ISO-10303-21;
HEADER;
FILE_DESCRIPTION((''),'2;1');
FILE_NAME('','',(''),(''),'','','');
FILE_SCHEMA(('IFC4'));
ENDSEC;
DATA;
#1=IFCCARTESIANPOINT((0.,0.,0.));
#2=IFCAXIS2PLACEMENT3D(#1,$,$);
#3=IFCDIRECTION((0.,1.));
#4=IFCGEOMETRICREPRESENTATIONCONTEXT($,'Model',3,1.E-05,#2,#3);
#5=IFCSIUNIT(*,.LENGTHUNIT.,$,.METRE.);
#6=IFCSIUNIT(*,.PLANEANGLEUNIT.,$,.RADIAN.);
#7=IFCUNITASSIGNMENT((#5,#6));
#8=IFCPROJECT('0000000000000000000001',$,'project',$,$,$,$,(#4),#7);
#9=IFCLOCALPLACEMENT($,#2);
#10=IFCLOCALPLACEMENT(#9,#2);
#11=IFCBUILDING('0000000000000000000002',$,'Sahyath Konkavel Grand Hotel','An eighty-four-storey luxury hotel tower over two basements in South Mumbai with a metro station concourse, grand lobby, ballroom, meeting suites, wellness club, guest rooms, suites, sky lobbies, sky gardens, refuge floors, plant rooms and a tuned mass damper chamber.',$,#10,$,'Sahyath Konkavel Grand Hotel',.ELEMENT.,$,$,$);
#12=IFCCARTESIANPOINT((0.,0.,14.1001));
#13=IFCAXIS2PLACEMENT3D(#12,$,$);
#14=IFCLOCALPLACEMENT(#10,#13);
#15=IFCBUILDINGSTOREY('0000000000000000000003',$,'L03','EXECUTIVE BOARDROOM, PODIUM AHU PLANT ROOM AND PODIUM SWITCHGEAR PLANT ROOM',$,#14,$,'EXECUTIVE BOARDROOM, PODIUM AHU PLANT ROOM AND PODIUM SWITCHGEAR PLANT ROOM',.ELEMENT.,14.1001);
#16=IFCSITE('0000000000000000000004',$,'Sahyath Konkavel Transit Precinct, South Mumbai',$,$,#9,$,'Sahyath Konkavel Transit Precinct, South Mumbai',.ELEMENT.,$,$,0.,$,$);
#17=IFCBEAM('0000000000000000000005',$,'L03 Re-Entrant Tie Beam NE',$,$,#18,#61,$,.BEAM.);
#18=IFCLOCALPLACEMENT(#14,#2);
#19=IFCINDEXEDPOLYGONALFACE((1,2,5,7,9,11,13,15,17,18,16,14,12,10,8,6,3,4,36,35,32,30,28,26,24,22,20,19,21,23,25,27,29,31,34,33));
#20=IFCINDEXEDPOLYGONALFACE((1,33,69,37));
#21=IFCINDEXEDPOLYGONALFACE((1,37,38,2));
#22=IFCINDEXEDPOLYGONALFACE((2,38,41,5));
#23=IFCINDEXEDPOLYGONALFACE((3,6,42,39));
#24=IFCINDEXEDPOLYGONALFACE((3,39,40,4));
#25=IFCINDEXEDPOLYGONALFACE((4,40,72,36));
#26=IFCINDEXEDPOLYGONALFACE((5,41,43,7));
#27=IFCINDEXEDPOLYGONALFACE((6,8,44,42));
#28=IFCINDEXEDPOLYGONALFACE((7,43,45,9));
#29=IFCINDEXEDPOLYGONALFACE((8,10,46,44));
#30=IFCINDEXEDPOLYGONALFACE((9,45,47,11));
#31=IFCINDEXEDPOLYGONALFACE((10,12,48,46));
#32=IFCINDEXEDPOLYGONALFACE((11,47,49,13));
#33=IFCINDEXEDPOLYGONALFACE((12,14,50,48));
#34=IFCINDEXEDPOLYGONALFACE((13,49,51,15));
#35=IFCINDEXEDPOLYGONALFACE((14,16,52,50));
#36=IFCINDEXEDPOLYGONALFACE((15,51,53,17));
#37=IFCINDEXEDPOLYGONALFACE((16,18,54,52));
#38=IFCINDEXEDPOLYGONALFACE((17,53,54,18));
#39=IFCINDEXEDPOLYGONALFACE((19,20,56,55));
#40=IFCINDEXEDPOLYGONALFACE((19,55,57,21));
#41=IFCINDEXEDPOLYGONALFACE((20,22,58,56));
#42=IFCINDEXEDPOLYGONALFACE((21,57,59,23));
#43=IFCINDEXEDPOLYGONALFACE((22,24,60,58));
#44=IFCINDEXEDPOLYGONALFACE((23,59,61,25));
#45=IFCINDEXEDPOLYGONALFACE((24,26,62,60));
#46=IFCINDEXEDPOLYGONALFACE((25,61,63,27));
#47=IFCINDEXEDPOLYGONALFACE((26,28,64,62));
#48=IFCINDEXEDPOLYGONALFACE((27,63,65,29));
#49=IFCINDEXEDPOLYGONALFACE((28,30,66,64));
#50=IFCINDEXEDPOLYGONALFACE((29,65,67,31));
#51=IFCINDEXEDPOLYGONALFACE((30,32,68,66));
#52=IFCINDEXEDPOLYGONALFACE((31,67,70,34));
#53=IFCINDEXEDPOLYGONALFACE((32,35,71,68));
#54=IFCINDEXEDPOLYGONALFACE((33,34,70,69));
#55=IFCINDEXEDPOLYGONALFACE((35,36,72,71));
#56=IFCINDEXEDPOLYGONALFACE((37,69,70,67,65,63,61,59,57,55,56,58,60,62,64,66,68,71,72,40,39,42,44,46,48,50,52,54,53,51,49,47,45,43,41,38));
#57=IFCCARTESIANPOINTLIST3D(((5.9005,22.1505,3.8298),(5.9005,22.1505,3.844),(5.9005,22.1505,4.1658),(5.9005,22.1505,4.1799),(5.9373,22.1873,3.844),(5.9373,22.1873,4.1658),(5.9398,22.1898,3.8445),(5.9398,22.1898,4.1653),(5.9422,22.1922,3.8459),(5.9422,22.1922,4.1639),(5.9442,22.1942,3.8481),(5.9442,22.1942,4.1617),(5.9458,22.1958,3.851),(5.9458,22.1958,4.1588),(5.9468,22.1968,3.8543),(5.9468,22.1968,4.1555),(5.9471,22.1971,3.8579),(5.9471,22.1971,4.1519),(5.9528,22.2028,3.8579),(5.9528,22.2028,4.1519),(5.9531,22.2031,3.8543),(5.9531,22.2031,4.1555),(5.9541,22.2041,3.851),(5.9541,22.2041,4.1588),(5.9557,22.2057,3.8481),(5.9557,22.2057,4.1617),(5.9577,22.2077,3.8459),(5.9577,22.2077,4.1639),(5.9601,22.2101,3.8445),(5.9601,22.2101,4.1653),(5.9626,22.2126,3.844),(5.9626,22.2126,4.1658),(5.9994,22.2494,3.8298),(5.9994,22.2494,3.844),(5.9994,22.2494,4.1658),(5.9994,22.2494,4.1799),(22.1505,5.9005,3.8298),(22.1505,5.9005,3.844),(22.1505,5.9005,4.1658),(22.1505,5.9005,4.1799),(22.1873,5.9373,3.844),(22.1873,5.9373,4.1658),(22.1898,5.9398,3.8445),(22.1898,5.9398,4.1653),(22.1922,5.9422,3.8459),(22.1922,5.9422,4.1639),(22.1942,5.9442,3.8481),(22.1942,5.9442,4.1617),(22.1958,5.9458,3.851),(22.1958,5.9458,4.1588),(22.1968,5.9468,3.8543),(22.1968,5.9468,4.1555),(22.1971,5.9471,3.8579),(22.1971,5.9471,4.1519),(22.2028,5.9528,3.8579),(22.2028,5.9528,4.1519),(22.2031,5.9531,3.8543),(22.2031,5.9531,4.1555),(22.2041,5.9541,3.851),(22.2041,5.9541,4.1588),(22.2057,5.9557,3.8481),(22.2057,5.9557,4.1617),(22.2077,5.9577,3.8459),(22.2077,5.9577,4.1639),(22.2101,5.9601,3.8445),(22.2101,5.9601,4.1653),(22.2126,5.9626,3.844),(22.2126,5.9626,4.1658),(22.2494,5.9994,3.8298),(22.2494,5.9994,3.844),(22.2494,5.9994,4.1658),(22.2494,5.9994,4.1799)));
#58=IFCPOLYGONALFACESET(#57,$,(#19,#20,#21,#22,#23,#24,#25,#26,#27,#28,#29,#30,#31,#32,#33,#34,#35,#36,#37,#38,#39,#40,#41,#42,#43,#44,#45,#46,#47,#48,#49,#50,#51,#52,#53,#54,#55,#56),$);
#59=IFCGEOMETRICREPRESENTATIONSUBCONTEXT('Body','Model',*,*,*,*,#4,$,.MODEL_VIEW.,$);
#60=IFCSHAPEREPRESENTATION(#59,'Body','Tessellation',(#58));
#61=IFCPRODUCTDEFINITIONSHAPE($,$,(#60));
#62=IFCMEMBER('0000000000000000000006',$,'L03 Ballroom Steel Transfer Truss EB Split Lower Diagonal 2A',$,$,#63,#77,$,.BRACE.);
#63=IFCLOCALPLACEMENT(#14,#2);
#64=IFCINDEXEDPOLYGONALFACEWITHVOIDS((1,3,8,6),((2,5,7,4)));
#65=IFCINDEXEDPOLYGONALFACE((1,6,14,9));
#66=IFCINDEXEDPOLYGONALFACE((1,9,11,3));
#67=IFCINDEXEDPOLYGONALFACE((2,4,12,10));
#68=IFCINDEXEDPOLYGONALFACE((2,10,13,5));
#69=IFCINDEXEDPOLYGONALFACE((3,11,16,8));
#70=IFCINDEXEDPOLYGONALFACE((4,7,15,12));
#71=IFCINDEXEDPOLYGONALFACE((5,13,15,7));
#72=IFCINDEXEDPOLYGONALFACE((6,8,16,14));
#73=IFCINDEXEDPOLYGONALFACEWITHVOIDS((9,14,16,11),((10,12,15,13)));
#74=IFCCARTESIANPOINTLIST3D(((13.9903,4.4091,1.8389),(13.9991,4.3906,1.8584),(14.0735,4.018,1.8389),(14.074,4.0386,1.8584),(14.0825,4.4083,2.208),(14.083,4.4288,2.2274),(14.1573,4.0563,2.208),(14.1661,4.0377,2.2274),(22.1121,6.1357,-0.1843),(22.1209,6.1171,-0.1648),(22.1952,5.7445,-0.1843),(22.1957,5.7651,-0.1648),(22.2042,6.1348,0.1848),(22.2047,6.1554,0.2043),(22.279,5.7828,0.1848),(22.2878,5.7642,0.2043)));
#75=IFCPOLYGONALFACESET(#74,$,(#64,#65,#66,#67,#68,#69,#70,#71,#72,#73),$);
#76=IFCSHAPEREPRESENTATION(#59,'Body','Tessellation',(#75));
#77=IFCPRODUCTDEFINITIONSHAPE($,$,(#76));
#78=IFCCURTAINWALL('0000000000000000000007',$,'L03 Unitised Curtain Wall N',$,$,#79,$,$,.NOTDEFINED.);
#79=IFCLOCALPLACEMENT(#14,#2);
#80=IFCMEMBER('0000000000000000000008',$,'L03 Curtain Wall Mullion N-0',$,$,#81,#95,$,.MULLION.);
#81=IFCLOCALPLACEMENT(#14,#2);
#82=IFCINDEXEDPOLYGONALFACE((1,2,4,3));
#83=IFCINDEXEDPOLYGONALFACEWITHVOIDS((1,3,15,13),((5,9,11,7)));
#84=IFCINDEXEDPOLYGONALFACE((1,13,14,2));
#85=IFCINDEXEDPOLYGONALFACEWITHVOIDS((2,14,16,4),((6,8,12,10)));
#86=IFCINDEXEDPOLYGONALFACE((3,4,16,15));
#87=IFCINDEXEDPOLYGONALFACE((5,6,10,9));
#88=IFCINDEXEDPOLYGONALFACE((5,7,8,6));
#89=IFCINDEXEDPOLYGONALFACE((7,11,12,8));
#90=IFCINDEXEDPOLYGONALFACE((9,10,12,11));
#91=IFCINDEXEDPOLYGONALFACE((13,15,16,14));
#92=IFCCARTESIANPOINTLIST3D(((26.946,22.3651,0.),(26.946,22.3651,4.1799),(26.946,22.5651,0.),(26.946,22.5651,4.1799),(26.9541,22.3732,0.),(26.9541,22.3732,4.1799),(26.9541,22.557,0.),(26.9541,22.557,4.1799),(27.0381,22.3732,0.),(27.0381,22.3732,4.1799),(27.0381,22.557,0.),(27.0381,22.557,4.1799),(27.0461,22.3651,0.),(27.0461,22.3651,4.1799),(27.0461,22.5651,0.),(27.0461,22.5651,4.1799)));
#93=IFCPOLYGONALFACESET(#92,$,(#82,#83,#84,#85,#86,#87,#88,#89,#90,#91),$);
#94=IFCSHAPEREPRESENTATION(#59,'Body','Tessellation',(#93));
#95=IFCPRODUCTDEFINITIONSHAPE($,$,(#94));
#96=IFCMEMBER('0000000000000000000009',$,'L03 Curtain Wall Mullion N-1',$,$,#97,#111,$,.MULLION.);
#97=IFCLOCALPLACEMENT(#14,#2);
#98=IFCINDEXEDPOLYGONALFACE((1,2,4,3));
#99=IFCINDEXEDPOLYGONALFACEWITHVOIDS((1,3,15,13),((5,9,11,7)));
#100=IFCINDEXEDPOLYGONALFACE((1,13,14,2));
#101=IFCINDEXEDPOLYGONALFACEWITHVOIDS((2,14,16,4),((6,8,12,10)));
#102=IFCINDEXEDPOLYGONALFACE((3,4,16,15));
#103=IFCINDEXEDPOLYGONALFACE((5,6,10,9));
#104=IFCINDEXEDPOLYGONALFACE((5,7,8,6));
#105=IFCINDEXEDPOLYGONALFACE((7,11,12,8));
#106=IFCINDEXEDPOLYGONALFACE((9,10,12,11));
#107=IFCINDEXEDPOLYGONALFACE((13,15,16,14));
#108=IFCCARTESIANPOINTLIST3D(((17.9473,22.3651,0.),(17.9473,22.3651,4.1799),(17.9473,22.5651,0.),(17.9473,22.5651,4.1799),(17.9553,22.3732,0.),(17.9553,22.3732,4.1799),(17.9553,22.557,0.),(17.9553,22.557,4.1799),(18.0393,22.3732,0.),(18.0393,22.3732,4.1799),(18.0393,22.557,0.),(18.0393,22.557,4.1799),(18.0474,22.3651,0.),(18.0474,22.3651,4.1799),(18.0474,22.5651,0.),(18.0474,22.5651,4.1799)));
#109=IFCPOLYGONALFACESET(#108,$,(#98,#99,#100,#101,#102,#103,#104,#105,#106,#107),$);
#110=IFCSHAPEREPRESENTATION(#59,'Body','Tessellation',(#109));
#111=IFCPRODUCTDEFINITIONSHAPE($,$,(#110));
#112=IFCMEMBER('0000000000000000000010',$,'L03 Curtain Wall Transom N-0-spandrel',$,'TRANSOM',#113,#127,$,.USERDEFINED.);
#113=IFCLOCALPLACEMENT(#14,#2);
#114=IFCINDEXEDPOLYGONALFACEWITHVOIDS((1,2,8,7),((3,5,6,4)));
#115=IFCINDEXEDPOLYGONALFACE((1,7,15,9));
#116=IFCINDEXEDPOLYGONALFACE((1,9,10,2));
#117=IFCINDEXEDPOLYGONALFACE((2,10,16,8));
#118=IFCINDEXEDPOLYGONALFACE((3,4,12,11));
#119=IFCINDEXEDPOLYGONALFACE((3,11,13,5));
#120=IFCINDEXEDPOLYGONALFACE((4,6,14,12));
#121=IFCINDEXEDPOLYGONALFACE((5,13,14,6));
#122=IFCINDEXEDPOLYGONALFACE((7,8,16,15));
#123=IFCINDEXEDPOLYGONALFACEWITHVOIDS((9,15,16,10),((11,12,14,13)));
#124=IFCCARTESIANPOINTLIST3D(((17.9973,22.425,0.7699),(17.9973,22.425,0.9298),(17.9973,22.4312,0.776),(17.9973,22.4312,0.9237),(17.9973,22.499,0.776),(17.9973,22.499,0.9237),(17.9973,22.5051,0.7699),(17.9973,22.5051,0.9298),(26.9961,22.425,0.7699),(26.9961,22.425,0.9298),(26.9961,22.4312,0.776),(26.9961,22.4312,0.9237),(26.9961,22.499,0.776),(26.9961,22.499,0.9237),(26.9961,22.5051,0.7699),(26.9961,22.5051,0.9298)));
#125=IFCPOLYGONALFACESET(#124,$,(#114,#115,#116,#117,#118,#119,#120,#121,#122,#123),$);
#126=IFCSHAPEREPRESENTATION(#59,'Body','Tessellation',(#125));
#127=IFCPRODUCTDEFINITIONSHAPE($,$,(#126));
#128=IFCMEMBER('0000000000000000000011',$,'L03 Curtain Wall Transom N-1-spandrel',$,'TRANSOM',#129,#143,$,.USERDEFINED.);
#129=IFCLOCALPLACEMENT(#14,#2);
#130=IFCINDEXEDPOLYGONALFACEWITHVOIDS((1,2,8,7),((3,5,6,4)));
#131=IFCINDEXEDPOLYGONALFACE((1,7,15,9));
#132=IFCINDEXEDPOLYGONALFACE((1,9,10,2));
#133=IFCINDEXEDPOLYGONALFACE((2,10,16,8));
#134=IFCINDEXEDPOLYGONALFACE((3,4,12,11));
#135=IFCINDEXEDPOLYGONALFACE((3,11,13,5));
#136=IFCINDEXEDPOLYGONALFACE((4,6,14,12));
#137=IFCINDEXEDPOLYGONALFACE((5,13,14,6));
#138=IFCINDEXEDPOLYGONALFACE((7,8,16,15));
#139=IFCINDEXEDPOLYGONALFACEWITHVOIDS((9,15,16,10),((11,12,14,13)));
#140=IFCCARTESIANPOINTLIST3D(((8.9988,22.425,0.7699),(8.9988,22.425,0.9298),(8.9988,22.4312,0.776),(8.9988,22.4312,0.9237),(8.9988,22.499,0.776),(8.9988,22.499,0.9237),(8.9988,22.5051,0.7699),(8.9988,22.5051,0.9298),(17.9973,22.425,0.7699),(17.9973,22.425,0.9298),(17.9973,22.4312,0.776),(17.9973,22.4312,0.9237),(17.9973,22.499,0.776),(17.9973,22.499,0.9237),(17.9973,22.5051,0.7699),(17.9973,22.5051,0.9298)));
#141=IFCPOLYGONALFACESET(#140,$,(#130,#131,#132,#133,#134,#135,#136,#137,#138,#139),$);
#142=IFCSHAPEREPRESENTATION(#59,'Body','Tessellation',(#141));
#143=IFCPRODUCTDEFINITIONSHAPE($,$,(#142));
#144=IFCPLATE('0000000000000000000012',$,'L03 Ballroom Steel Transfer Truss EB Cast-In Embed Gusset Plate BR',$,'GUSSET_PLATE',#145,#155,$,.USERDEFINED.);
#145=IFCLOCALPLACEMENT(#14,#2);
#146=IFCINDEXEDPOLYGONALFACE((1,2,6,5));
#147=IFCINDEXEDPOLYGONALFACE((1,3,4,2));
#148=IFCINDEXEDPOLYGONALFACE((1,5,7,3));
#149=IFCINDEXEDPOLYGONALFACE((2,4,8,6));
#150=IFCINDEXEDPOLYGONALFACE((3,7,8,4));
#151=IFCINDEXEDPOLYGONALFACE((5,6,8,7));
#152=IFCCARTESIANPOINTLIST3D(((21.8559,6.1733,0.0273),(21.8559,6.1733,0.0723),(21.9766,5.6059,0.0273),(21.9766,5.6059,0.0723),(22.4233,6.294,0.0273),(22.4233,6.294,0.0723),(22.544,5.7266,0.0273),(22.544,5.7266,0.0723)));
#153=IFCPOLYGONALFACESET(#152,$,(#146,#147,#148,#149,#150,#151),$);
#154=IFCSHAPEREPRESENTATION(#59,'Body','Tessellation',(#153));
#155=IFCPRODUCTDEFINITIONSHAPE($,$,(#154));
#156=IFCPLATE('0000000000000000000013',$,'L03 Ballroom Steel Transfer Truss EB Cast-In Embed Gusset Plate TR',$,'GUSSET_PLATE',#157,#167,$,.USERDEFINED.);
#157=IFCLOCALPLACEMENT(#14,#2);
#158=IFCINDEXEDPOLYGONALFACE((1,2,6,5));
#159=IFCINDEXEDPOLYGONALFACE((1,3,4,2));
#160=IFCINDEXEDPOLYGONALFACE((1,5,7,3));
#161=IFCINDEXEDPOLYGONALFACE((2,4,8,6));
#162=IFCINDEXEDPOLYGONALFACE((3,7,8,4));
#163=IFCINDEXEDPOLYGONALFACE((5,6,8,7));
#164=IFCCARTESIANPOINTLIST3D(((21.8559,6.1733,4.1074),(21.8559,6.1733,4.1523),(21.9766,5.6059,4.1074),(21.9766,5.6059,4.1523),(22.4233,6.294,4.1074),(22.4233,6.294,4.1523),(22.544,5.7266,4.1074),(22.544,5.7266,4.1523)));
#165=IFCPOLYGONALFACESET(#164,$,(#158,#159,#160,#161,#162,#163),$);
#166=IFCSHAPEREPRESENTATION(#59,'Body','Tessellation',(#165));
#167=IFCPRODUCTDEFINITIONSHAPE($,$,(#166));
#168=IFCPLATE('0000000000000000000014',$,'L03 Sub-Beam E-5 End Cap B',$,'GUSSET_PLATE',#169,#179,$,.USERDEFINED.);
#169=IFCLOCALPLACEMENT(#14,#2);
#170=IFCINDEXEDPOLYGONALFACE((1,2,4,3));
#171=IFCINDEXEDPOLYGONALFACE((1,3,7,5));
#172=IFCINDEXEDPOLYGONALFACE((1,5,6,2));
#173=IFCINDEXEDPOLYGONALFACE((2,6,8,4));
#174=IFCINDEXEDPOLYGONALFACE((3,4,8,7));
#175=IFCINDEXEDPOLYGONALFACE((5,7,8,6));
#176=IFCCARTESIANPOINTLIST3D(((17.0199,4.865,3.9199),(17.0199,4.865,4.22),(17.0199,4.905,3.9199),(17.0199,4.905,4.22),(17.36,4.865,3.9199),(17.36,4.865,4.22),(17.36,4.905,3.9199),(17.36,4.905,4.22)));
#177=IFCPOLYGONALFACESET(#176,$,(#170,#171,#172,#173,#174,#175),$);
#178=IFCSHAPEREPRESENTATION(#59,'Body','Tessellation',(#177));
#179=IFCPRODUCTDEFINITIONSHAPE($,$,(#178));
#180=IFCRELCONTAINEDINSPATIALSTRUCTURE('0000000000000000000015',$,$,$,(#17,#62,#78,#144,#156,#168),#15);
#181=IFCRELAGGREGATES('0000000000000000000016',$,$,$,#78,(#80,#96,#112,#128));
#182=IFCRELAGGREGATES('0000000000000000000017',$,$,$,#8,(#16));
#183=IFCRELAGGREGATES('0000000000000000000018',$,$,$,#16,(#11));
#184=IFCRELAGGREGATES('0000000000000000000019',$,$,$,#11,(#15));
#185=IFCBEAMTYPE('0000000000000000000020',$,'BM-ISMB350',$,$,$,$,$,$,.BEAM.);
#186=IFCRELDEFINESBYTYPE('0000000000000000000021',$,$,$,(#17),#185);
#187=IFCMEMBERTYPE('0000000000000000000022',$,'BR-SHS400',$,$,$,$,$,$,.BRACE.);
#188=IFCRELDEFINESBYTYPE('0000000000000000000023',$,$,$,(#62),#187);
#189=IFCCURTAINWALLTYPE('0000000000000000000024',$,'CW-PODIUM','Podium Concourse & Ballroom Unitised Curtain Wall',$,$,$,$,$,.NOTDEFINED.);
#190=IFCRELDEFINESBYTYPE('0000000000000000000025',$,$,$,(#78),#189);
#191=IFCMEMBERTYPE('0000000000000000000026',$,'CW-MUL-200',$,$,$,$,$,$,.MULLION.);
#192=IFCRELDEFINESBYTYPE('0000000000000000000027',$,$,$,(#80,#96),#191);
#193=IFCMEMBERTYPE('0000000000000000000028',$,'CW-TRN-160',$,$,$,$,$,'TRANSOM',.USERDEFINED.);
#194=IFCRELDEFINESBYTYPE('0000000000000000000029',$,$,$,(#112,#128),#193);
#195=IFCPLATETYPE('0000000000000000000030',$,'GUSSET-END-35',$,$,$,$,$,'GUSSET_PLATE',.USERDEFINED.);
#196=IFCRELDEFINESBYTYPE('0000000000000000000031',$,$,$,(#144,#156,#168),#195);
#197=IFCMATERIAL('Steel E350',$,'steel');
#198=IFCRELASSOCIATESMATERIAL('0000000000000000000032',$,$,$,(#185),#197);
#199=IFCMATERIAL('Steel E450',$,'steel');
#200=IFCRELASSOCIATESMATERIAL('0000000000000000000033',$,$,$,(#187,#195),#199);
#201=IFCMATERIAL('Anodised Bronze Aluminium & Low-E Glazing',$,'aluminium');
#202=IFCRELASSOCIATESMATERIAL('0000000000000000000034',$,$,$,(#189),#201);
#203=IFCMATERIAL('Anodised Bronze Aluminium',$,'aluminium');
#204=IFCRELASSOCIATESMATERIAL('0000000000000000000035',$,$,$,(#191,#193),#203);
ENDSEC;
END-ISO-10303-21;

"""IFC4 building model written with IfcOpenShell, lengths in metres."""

from ifc_helpers import new_model, si_unit, direction, frame, origin, origin_2d, place, context, subcontext, project, spatial, rectangle, hollow_rectangle, i_section, extrude, source, transform, mapped, material, material_profile, profile_set, type_object, element, aggregate, save


model = new_model("IFC4")

# Units and contexts
model_context = context("Model", 3, precision=1e-05, world=origin(), true_north=direction((0.0, 1.0)))
body_context = subcontext(model_context, "Body", "Model", "MODEL_VIEW")
ifc_project = project(units=[si_unit("LENGTHUNIT", "METRE"), si_unit("PLANEANGLEUNIT", "RADIAN")], contexts=[model_context])

# Site, building, storey
site_placement = place(None, origin())
site = spatial("IfcSite", under=ifc_project, at=site_placement, Name="Sahyath Konkavel Transit Precinct, South Mumbai", LongName="Sahyath Konkavel Transit Precinct, South Mumbai", CompositionType="ELEMENT", RefElevation=0.0)
building_placement = place(site_placement, origin())
building = spatial("IfcBuilding", under=site, at=building_placement, Name="Sahyath Konkavel Grand Hotel", Description="An eighty-four-storey luxury hotel tower over two basements in South Mumbai with a metro station concourse, grand lobby, ballroom, meeting suites, wellness club, guest rooms, suites, sky lobbies, sky gardens, refuge floors, plant rooms and a tuned mass damper chamber.", LongName="Sahyath Konkavel Grand Hotel", CompositionType="ELEMENT")
storey_placement = place(building_placement, frame((0.0, 0.0, 14.1001)))
storey = spatial("IfcBuildingStorey", under=building, at=storey_placement, Name="L03", Description="EXECUTIVE BOARDROOM, PODIUM AHU PLANT ROOM AND PODIUM SWITCHGEAR PLANT ROOM", LongName="EXECUTIVE BOARDROOM, PODIUM AHU PLANT ROOM AND PODIUM SWITCHGEAR PLANT ROOM", CompositionType="ELEMENT", Elevation=14.1001)

# Shared definitions
ifc_material_1 = material(Name="Steel E450", Category="steel")
ifc_material_2 = material(Name="Steel E350", Category="steel")

# Beam
ifc_material_profile_1 = material_profile(ifc_material_2, i_section(OverallWidth=0.1399, OverallDepth=0.3501, WebThickness=0.0081, FlangeThickness=0.0142, FilletRadius=0.0139, at=origin_2d()), Name="ISMB 350")
ifc_profile_set_1 = profile_set([ifc_material_profile_1], Name="Steel E350")
beam_type_1 = type_object("IfcBeamType", Name="BM-ISMB350", PredefinedType="BEAM", material=ifc_profile_set_1)
shared_shape_1 = source(origin(), body_context, "Body", "SweptSolid", [
    extrude(i_section(OverallWidth=0.1399, OverallDepth=0.3501, WebThickness=0.0081, FlangeThickness=0.0142, FilletRadius=0.0139, at=origin_2d()), origin(), (0.0, 0.0, 1.0), 22.981),
])
beam_1_placement = place(storey_placement, frame((22.2, 5.95, 4.0049), z_axis=(-0.707107, 0.707107, 0.0), x_axis=(-0.707107, -0.707107, 0.0)))
element("IfcBeam", 1, at=beam_1_placement, inside=storey, type_object=beam_type_1, Name="L03 Re-Entrant Tie Beam NE", PredefinedType="BEAM", context=body_context, shape_type="MappedRepresentation", body=[
    mapped(shared_shape_1, transform((0.0, 0.0, 0.0), scale=1.0)),
])

# Member
ifc_material_profile_2 = material_profile(ifc_material_1, hollow_rectangle(XDim=0.3999, YDim=0.3999, WallThickness=0.02, at=origin_2d()), Name="SHS 400x400x20")
ifc_profile_set_2 = profile_set([ifc_material_profile_2], Name="Steel E450")
member_type_1 = type_object("IfcMemberType", Name="BR-SHS400", PredefinedType="BRACE", material=ifc_profile_set_2)
shared_shape_2 = source(origin(), body_context, "Body", "SweptSolid", [
    extrude(hollow_rectangle(XDim=0.3999, YDim=0.3999, WallThickness=0.02, at=origin_2d()), origin(), (0.0, 0.0, 1.0), 8.5461),
])
member_1_placement = place(storey_placement, frame((22.2, 5.95, 0.01), z_axis=(-0.950338, -0.202026, 0.236735), x_axis=(0.207936, -0.978142, 0.0)))
element("IfcMember", 2, at=member_1_placement, inside=storey, type_object=member_type_1, Name="L03 Ballroom Steel Transfer Truss EB Split Lower Diagonal 2A", PredefinedType="BRACE", context=body_context, shape_type="MappedRepresentation", body=[
    mapped(shared_shape_2, transform((0.0, 0.0, 0.0), scale=1.0)),
])

# Curtain wall, members
ifc_material_3 = material(Name="Anodised Bronze Aluminium & Low-E Glazing", Category="aluminium")
curtain_wall_type = type_object("IfcCurtainWallType", Name="CW-PODIUM", Description="Podium Concourse & Ballroom Unitised Curtain Wall", PredefinedType="NOTDEFINED", material=ifc_material_3)
curtain_wall_placement = place(storey_placement, origin())
curtain_wall = element("IfcCurtainWall", 3, at=curtain_wall_placement, inside=storey, type_object=curtain_wall_type, Name="L03 Unitised Curtain Wall N", PredefinedType="NOTDEFINED")
ifc_material_4 = material(Name="Anodised Bronze Aluminium", Category="aluminium")
ifc_material_profile_3 = material_profile(ifc_material_4, hollow_rectangle(XDim=0.1001, YDim=0.2, WallThickness=0.0081, at=origin_2d()), Name="RHS 200x100x8")
ifc_profile_set_3 = profile_set([ifc_material_profile_3], Name="Anodised Bronze Aluminium")
member_type_2 = type_object("IfcMemberType", Name="CW-MUL-200", PredefinedType="MULLION", material=ifc_profile_set_3)
shared_shape_3 = source(origin(), body_context, "Body", "SweptSolid", [
    extrude(hollow_rectangle(XDim=0.1001, YDim=0.2, WallThickness=0.0081, at=origin_2d()), origin(), (0.0, 0.0, 1.0), 4.1799),
])
member_2_placement = place(storey_placement, frame((26.9961, 22.4651, 0.0), z_axis=(0.0, 0.0, 1.0), x_axis=(1.0, 0.0, 0.0)))
member_2 = element("IfcMember", 4, at=member_2_placement, type_object=member_type_2, Name="L03 Curtain Wall Mullion N-0", PredefinedType="MULLION", context=body_context, shape_type="MappedRepresentation", body=[
    mapped(shared_shape_3, transform((0.0, 0.0, 0.0), scale=1.0)),
])
member_3_placement = place(storey_placement, frame((17.9973, 22.4651, 0.0), z_axis=(0.0, 0.0, 1.0), x_axis=(1.0, 0.0, 0.0)))
member_3 = element("IfcMember", 5, at=member_3_placement, type_object=member_type_2, Name="L03 Curtain Wall Mullion N-1", PredefinedType="MULLION", context=body_context, shape_type="MappedRepresentation", body=[
    mapped(shared_shape_3, transform((0.0, 0.0, 0.0), scale=1.0)),
])
ifc_material_profile_4 = material_profile(ifc_material_4, hollow_rectangle(XDim=0.0801, YDim=0.1599, WallThickness=0.0061, at=origin_2d()), Name="RHS 160x80x6")
ifc_profile_set_4 = profile_set([ifc_material_profile_4], Name="Anodised Bronze Aluminium")
member_type_3 = type_object("IfcMemberType", Name="CW-TRN-160", ElementType="TRANSOM", PredefinedType="USERDEFINED", material=ifc_profile_set_4)
shared_shape_4 = source(origin(), body_context, "Body", "SweptSolid", [
    extrude(hollow_rectangle(XDim=0.0801, YDim=0.1599, WallThickness=0.0061, at=origin_2d()), origin(), (0.0, 0.0, 1.0), 8.9988),
])
member_4_placement = place(storey_placement, frame((26.9961, 22.4651, 0.8499), z_axis=(-1.0, 0.0, 0.0), x_axis=(0.0, -1.0, 0.0)))
member_4 = element("IfcMember", 6, at=member_4_placement, type_object=member_type_3, Name="L03 Curtain Wall Transom N-0-spandrel", ObjectType="TRANSOM", PredefinedType="USERDEFINED", context=body_context, shape_type="MappedRepresentation", body=[
    mapped(shared_shape_4, transform((0.0, 0.0, 0.0), scale=1.0)),
])
shared_shape_5 = source(origin(), body_context, "Body", "SweptSolid", [
    extrude(hollow_rectangle(XDim=0.0801, YDim=0.1599, WallThickness=0.0061, at=origin_2d()), origin(), (0.0, 0.0, 1.0), 8.9985),
])
member_5_placement = place(storey_placement, frame((17.9973, 22.4651, 0.8499), z_axis=(-1.0, 0.0, 0.0), x_axis=(0.0, -1.0, 0.0)))
member_5 = element("IfcMember", 7, at=member_5_placement, type_object=member_type_3, Name="L03 Curtain Wall Transom N-1-spandrel", ObjectType="TRANSOM", PredefinedType="USERDEFINED", context=body_context, shape_type="MappedRepresentation", body=[
    mapped(shared_shape_5, transform((0.0, 0.0, 0.0), scale=1.0)),
])

# Plates
plate_type_1 = type_object("IfcPlateType", Name="GUSSET-END-35", ElementType="GUSSET_PLATE", PredefinedType="USERDEFINED", material=ifc_material_1)
shared_shape_6 = source(origin(), body_context, "Body", "SweptSolid", [
    extrude(rectangle(XDim=0.5801, YDim=0.5801, at=origin_2d()), origin(), (0.0, 0.0, 1.0), 0.0449),
])
for number, where, z_axis, x_axis, name in (
    (8, (22.2, 5.95, 0.0273), (0.0, 0.0, 1.0), (0.978144, 0.207929, 0.0), "L03 Ballroom Steel Transfer Truss EB Cast-In Embed Gusset Plate BR"),
    (9, (22.2, 5.95, 4.1074), (0.0, 0.0, 1.0), (0.978144, 0.207929, 0.0), "L03 Ballroom Steel Transfer Truss EB Cast-In Embed Gusset Plate TR"),
):
    element("IfcPlate", number, at=place(storey_placement, frame(where, z_axis=z_axis, x_axis=x_axis)), inside=storey, type_object=plate_type_1, Name=name, ObjectType="GUSSET_PLATE", PredefinedType="USERDEFINED", context=body_context, shape_type="MappedRepresentation", body=[
        mapped(shared_shape_6, transform((0.0, 0.0, 0.0), scale=1.0)),
    ])
shared_shape_7 = source(origin(), body_context, "Body", "SweptSolid", [
    extrude(rectangle(XDim=0.04, YDim=0.3401, at=origin_2d()), origin(), (0.0, 0.0, 1.0), 0.3),
])
plate_1_placement = place(storey_placement, frame((17.1899, 4.885, 3.9199), z_axis=(0.0, 0.0, 1.0), x_axis=(0.0, 1.0, 0.0)))
element("IfcPlate", 10, at=plate_1_placement, inside=storey, type_object=plate_type_1, Name="L03 Sub-Beam E-5 End Cap B", ObjectType="GUSSET_PLATE", PredefinedType="USERDEFINED", context=body_context, shape_type="MappedRepresentation", body=[
    mapped(shared_shape_7, transform((0.0, 0.0, 0.0), scale=1.0)),
])

aggregate(curtain_wall, [member_2, member_3, member_4, member_5])

save(model, "model.ifc")
